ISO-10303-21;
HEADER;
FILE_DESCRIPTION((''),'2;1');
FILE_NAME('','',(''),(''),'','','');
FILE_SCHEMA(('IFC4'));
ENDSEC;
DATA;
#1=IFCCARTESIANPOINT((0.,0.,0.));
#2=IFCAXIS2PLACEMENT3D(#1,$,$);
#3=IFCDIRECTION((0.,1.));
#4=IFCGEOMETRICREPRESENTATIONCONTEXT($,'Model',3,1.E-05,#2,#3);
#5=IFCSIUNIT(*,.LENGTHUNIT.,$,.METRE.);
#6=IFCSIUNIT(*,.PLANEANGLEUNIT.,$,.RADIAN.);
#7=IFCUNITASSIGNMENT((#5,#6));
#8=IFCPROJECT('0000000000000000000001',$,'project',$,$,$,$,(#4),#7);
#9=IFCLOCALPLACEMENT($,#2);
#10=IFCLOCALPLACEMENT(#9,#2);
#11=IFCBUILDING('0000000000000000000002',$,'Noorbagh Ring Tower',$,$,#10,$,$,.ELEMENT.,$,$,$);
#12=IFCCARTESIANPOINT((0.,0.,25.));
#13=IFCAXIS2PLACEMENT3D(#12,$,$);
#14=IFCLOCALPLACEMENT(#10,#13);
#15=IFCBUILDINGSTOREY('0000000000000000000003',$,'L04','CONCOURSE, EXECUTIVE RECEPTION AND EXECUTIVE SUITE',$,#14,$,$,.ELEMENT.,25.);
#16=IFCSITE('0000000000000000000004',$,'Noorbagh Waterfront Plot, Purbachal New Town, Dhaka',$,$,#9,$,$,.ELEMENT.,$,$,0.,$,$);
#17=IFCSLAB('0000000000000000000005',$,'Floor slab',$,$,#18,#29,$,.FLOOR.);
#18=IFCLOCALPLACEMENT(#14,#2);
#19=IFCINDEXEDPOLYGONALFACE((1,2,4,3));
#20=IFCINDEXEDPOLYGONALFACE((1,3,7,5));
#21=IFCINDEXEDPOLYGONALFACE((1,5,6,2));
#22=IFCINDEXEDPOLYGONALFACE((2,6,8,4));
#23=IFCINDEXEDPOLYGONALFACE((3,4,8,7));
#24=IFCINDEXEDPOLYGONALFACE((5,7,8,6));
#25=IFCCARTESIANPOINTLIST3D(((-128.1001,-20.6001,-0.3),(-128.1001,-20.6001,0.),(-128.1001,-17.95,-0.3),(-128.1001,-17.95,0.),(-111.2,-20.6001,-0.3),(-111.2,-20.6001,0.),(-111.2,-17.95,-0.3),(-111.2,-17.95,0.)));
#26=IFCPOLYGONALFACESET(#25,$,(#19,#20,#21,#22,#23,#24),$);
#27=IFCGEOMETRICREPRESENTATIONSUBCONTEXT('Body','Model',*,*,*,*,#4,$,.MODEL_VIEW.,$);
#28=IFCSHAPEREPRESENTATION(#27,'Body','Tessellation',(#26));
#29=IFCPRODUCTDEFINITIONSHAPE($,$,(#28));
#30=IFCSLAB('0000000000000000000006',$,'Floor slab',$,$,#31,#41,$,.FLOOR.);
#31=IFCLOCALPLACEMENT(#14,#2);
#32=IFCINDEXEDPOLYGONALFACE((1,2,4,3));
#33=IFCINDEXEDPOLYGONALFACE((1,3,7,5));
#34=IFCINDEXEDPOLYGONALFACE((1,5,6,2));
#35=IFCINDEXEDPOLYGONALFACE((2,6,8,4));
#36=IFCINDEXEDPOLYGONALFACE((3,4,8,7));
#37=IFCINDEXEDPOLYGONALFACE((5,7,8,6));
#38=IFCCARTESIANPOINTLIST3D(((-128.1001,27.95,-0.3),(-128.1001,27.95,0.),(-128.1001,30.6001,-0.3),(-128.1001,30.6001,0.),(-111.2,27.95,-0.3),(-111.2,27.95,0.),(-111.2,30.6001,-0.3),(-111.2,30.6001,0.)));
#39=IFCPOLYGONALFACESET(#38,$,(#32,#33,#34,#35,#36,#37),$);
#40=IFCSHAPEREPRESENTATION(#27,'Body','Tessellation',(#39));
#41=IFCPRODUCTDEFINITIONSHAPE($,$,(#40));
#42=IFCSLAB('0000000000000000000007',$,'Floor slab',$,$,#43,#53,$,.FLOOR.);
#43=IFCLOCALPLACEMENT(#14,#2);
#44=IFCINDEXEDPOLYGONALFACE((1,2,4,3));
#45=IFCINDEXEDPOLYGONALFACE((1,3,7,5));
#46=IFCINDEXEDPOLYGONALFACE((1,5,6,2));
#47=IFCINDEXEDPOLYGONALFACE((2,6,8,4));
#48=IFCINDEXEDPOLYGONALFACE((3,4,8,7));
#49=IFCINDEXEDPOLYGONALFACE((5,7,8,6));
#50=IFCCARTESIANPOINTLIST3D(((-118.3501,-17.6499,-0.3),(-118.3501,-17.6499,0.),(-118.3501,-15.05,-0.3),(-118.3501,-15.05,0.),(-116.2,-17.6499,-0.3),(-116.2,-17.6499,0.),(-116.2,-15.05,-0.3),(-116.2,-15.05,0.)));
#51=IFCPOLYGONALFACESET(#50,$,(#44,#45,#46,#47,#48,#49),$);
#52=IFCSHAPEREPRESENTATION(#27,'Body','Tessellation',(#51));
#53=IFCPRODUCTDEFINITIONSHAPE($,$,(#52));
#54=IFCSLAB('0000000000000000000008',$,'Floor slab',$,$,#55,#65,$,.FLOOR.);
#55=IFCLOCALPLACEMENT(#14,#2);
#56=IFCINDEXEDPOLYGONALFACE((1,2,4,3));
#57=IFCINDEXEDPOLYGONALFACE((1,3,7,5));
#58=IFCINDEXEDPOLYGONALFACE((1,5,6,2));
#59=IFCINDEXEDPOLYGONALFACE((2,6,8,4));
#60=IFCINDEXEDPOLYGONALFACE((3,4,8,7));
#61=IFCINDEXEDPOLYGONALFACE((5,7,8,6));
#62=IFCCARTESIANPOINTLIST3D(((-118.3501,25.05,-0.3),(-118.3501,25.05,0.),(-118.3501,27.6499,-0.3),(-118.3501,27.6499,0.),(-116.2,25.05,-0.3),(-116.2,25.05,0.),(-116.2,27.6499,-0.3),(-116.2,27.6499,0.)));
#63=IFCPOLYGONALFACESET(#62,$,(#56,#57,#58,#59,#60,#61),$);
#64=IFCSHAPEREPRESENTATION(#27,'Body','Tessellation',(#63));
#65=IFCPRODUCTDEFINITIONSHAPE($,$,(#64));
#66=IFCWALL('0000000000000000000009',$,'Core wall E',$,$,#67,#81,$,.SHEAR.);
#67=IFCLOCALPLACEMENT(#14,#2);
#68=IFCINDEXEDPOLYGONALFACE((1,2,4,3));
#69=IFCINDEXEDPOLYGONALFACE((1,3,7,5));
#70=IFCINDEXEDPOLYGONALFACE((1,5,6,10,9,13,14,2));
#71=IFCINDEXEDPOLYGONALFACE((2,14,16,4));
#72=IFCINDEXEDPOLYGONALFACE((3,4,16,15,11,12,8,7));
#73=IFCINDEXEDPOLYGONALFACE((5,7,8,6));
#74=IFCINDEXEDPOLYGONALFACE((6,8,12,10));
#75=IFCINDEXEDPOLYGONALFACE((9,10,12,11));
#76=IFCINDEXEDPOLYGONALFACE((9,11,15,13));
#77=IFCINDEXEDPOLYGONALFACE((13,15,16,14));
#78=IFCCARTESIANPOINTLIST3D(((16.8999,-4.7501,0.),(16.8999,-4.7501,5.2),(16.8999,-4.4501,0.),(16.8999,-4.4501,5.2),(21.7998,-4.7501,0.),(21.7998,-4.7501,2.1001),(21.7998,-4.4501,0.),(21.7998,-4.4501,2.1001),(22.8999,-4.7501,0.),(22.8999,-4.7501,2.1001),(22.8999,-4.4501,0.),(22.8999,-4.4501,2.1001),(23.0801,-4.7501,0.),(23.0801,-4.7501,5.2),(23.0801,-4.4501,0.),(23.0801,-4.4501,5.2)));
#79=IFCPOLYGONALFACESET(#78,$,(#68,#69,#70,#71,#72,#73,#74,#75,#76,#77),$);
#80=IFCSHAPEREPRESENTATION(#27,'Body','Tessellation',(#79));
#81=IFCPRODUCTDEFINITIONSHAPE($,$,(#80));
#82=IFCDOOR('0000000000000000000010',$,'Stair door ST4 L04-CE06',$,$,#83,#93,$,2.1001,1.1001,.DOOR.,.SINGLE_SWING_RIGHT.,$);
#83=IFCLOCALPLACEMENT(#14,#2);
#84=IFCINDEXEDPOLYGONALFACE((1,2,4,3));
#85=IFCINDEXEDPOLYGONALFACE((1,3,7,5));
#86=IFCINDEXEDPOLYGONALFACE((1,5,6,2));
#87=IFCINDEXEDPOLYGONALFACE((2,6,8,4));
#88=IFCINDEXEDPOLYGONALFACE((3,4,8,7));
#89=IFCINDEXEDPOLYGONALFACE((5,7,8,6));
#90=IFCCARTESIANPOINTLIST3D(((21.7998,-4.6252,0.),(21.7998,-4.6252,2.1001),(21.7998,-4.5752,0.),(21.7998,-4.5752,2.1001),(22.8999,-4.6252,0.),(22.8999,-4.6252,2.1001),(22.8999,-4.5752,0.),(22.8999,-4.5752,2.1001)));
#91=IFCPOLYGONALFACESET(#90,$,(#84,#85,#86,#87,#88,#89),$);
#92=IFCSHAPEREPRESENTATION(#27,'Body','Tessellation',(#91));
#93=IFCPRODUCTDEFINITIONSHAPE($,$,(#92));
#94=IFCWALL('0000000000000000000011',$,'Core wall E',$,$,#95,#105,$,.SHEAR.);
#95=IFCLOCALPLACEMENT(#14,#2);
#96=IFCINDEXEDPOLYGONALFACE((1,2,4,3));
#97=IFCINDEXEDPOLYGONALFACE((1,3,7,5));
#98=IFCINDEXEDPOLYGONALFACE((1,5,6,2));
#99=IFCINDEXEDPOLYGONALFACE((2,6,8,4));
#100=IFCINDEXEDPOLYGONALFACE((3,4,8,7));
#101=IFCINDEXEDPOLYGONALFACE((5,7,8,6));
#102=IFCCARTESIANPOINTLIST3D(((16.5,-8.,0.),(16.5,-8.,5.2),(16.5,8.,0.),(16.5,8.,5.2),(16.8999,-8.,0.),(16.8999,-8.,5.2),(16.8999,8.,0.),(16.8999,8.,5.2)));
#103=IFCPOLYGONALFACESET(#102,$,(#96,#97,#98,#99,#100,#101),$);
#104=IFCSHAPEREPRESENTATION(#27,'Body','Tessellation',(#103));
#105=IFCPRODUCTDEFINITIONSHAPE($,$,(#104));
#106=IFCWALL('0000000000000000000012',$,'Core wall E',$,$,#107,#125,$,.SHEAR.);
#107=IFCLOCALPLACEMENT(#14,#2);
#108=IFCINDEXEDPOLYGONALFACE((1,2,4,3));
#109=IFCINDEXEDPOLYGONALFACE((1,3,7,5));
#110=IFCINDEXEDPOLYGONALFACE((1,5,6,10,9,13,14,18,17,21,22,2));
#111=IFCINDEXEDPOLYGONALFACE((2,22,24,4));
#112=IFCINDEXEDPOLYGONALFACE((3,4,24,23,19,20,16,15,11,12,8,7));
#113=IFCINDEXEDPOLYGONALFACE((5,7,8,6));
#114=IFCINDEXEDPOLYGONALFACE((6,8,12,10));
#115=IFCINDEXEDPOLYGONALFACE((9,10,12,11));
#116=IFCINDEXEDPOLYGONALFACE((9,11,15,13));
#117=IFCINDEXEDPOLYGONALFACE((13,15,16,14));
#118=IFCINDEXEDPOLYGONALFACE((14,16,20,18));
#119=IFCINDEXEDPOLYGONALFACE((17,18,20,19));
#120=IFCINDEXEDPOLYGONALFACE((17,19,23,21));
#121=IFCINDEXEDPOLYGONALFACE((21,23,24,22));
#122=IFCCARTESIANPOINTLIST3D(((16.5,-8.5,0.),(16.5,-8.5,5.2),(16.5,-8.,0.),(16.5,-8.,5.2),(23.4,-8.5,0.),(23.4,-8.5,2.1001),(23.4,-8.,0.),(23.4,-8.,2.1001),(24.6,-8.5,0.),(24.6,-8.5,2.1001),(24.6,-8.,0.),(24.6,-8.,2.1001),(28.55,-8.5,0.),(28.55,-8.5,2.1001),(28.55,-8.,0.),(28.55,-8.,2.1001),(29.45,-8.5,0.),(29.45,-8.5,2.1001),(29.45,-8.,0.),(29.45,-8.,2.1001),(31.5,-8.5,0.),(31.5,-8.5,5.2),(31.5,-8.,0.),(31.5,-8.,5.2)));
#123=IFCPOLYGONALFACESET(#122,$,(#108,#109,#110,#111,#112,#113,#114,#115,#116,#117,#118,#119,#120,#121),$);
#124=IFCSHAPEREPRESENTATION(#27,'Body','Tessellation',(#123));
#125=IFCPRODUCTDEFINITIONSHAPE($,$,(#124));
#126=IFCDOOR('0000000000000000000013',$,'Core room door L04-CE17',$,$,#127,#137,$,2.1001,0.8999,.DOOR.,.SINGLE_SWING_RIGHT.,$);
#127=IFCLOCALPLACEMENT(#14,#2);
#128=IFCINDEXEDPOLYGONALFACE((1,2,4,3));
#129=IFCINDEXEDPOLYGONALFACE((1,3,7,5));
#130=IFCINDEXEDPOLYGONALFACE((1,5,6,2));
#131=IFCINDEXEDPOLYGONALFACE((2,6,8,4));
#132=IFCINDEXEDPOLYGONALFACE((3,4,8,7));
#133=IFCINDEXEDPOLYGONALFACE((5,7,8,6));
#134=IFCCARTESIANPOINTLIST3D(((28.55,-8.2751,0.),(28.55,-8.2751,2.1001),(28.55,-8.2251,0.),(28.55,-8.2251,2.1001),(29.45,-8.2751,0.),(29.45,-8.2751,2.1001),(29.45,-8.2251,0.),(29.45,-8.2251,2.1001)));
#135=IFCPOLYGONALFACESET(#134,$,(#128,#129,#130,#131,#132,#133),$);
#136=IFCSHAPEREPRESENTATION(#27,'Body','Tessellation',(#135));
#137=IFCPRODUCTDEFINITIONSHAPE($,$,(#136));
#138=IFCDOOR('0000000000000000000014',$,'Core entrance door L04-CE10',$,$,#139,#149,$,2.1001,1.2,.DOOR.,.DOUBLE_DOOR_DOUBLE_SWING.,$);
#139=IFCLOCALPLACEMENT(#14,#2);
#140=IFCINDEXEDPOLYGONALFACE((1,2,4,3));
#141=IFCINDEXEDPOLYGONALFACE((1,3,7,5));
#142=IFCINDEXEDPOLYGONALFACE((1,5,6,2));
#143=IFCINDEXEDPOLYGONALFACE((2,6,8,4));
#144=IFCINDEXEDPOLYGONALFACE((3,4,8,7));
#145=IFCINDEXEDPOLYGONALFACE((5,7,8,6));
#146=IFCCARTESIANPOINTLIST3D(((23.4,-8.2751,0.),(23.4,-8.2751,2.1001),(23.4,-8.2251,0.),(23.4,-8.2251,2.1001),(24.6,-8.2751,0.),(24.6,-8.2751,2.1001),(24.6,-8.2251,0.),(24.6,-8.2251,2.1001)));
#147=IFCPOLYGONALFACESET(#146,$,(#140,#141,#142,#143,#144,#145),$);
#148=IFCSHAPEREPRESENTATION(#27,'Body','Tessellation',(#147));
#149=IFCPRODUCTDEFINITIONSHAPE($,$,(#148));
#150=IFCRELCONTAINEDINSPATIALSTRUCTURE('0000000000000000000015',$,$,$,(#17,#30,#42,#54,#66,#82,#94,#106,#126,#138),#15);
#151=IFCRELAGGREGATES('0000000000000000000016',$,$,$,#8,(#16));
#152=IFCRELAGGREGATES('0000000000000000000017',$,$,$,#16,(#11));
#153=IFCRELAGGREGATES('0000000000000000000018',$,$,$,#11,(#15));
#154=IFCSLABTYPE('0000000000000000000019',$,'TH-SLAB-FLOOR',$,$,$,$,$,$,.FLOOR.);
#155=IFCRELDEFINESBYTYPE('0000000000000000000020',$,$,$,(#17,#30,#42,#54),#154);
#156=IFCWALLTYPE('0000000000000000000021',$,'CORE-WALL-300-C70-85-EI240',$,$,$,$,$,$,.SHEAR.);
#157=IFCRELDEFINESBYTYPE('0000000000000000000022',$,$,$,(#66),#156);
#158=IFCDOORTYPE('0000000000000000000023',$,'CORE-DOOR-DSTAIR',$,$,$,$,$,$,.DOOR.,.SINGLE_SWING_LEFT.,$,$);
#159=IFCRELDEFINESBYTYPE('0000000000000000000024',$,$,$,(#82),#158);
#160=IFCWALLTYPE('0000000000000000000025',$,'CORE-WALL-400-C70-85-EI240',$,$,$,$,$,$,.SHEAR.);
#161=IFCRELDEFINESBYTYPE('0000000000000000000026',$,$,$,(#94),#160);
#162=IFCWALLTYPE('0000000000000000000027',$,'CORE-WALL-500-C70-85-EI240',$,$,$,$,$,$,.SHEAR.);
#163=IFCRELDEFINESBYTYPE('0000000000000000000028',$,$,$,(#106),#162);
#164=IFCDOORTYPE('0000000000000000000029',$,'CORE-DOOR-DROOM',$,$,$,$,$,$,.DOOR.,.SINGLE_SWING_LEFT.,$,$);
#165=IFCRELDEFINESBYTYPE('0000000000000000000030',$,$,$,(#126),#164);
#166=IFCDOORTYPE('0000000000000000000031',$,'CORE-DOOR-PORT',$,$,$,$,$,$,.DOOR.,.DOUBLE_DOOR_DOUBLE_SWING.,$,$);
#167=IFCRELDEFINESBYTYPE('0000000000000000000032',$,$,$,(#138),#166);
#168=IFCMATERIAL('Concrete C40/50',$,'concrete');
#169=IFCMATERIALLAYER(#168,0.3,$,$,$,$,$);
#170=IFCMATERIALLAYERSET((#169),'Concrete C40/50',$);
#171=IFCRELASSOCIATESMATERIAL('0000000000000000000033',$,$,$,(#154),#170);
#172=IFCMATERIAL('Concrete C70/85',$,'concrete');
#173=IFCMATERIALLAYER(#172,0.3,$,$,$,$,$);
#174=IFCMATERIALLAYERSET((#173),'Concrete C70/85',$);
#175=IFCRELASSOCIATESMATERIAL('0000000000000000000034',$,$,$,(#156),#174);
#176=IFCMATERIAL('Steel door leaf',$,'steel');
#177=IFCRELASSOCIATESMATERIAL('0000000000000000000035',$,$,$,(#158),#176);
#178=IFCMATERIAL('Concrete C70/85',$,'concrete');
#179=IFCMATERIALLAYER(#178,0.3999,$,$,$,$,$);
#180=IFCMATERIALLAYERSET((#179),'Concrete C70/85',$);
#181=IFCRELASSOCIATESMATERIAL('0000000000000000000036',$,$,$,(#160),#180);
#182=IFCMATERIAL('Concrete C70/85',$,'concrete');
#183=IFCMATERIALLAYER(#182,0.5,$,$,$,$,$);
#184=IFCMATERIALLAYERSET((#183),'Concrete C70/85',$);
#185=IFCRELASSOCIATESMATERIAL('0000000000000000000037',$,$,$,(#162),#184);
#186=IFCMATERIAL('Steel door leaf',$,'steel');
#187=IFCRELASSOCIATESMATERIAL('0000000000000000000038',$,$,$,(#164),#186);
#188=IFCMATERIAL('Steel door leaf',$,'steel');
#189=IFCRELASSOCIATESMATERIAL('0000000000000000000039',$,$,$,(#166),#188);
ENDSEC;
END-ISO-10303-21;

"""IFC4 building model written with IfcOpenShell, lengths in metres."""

from ifc_helpers import new_model, si_unit, direction, frame, frame_2d, origin, place, context, subcontext, project, spatial, polyline, rectangle, outline, extrude, material, layer, layer_set, type_object, element, fill, save


model = new_model("IFC4")

# Units and contexts
model_context = context("Model", 3, precision=1e-05, world=origin(), true_north=direction((0.0, 1.0)))
body_context = subcontext(model_context, "Body", "Model", "MODEL_VIEW")
ifc_project = project(units=[si_unit("LENGTHUNIT", "METRE"), si_unit("PLANEANGLEUNIT", "RADIAN")], contexts=[model_context])

# Site, building, storey
site_placement = place(None, origin())
site = spatial("IfcSite", under=ifc_project, at=site_placement, Name="Noorbagh Waterfront Plot, Purbachal New Town, Dhaka", CompositionType="ELEMENT", RefElevation=0.0)
building_placement = place(site_placement, origin())
building = spatial("IfcBuilding", under=site, at=building_placement, Name="Noorbagh Ring Tower", CompositionType="ELEMENT")
storey_placement = place(building_placement, frame((0.0, 0.0, 25.0)))
storey = spatial("IfcBuildingStorey", under=building, at=storey_placement, Name="L04", Description="CONCOURSE, EXECUTIVE RECEPTION AND EXECUTIVE SUITE", CompositionType="ELEMENT", Elevation=25.0)

# Slabs
ifc_material_1 = material(Name="Concrete C40/50", Category="concrete")
ifc_layer_1 = layer(ifc_material_1, 0.3)
ifc_layer_set_1 = layer_set([ifc_layer_1], Name="Concrete C40/50")
slab_type = type_object("IfcSlabType", Name="TH-SLAB-FLOOR", PredefinedType="FLOOR", material=ifc_layer_set_1)
slab_1_placement = place(storey_placement, frame((0.0, 0.0, -0.3)))
element("IfcSlab", 1, at=slab_1_placement, inside=storey, type_object=slab_type, Name="Floor slab", PredefinedType="FLOOR", context=body_context, shape_type="SweptSolid", body=[
    extrude(outline(polyline([(-111.2, -20.6001), (-111.2, -17.95), (-128.1001, -17.95), (-128.1001, -20.6001), (-111.2, -20.6001)])), origin(), (0.0, 0.0, 1.0), 0.3),
])
slab_2_placement = place(storey_placement, frame((0.0, 0.0, -0.3)))
element("IfcSlab", 2, at=slab_2_placement, inside=storey, type_object=slab_type, Name="Floor slab", PredefinedType="FLOOR", context=body_context, shape_type="SweptSolid", body=[
    extrude(outline(polyline([(-111.2, 27.95), (-111.2, 30.6001), (-128.1001, 30.6001), (-128.1001, 27.95), (-111.2, 27.95)])), origin(), (0.0, 0.0, 1.0), 0.3),
])
slab_3_placement = place(storey_placement, frame((0.0, 0.0, -0.3)))
element("IfcSlab", 3, at=slab_3_placement, inside=storey, type_object=slab_type, Name="Floor slab", PredefinedType="FLOOR", context=body_context, shape_type="SweptSolid", body=[
    extrude(outline(polyline([(-118.3501, -15.05), (-118.3501, -17.6499), (-116.2, -17.6499), (-116.2, -15.05), (-118.3501, -15.05)])), origin(), (0.0, 0.0, 1.0), 0.3),
])
slab_4_placement = place(storey_placement, frame((0.0, 0.0, -0.3)))
element("IfcSlab", 4, at=slab_4_placement, inside=storey, type_object=slab_type, Name="Floor slab", PredefinedType="FLOOR", context=body_context, shape_type="SweptSolid", body=[
    extrude(outline(polyline([(-116.2, 27.6499), (-118.3501, 27.6499), (-118.3501, 25.05), (-116.2, 25.05), (-116.2, 27.6499)])), origin(), (0.0, 0.0, 1.0), 0.3),
])

# Wall, opening, door
ifc_material_2 = material(Name="Concrete C70/85", Category="concrete")
ifc_layer_2 = layer(ifc_material_2, 0.3)
ifc_layer_set_2 = layer_set([ifc_layer_2], Name="Concrete C70/85")
wall_type_1 = type_object("IfcWallType", Name="CORE-WALL-300-C70-85-EI240", PredefinedType="SHEAR", material=ifc_layer_set_2)
wall_1_placement = place(storey_placement, frame((16.8999, -4.6001, 0.0), z_axis=(0.0, 0.0, 1.0), x_axis=(1.0, 0.0, 0.0)))
wall_1 = element("IfcWall", 5, at=wall_1_placement, inside=storey, type_object=wall_type_1, Name="Core wall E", PredefinedType="SHEAR", context=body_context, shape_type="SweptSolid", body=[
    extrude(rectangle(XDim=6.1802, YDim=0.3, at=frame_2d((3.0901, 0.0))), origin(), (0.0, 0.0, 1.0), 5.2),
])
opening_1_placement = place(wall_1_placement, frame((4.8999, 0.0, 0.0)))
opening_1 = element("IfcOpeningElement", 6, at=opening_1_placement, cuts=wall_1, PredefinedType="OPENING", context=body_context, shape_type="SweptSolid", body=[
    extrude(rectangle(XDim=1.1001, YDim=2.1001, at=frame_2d((0.55, 1.05))), frame((0.0, 0.1602, 0.0), z_axis=(0.0, -1.0, 0.0), x_axis=(1.0, 0.0, 0.0)), (0.0, 0.0, 1.0), 0.3201),
])
ifc_material_3 = material(Name="Steel door leaf", Category="steel")
door_type_1 = type_object("IfcDoorType", Name="CORE-DOOR-DSTAIR", OperationType="SINGLE_SWING_LEFT", PredefinedType="DOOR", material=ifc_material_3)
door_1_placement = place(opening_1_placement, origin())
door_1 = element("IfcDoor", 7, at=door_1_placement, inside=storey, type_object=door_type_1, Name="Stair door ST4 L04-CE06", OperationType="SINGLE_SWING_RIGHT", OverallHeight=2.1001, OverallWidth=1.1001, PredefinedType="DOOR", context=body_context, shape_type="SweptSolid", body=[
    extrude(rectangle(XDim=1.1001, YDim=2.1001, at=frame_2d((0.55, 1.05))), frame((0.0, 0.0249, 0.0), z_axis=(0.0, -1.0, 0.0), x_axis=(1.0, 0.0, 0.0)), (0.0, 0.0, 1.0), 0.05),
])
fill(opening_1, door_1)

# Wall
ifc_material_4 = material(Name="Concrete C70/85", Category="concrete")
ifc_layer_3 = layer(ifc_material_4, 0.3999)
ifc_layer_set_3 = layer_set([ifc_layer_3], Name="Concrete C70/85")
wall_type_2 = type_object("IfcWallType", Name="CORE-WALL-400-C70-85-EI240", PredefinedType="SHEAR", material=ifc_layer_set_3)
wall_2_placement = place(storey_placement, frame((16.7, -8.0, 0.0), z_axis=(0.0, 0.0, 1.0), x_axis=(0.0, 1.0, 0.0)))
element("IfcWall", 8, at=wall_2_placement, inside=storey, type_object=wall_type_2, Name="Core wall E", PredefinedType="SHEAR", context=body_context, shape_type="SweptSolid", body=[
    extrude(rectangle(XDim=16.0, YDim=0.3999, at=frame_2d((8.0, 0.0))), origin(), (0.0, 0.0, 1.0), 5.2),
])

# Wall, openings, doors
ifc_material_5 = material(Name="Concrete C70/85", Category="concrete")
ifc_layer_4 = layer(ifc_material_5, 0.5)
ifc_layer_set_4 = layer_set([ifc_layer_4], Name="Concrete C70/85")
wall_type_3 = type_object("IfcWallType", Name="CORE-WALL-500-C70-85-EI240", PredefinedType="SHEAR", material=ifc_layer_set_4)
wall_3_placement = place(storey_placement, frame((16.5, -8.25, 0.0), z_axis=(0.0, 0.0, 1.0), x_axis=(1.0, 0.0, 0.0)))
wall_3 = element("IfcWall", 9, at=wall_3_placement, inside=storey, type_object=wall_type_3, Name="Core wall E", PredefinedType="SHEAR", context=body_context, shape_type="SweptSolid", body=[
    extrude(rectangle(XDim=15.0, YDim=0.5, at=frame_2d((7.5, 0.0))), origin(), (0.0, 0.0, 1.0), 5.2),
])
opening_2_placement = place(wall_3_placement, frame((6.8999, 0.0, 0.0)))
opening_2 = element("IfcOpeningElement", 10, at=opening_2_placement, cuts=wall_3, PredefinedType="OPENING", context=body_context, shape_type="SweptSolid", body=[
    extrude(rectangle(XDim=1.2, YDim=2.1001, at=frame_2d((0.6001, 1.05))), frame((0.0, 0.26, 0.0), z_axis=(0.0, -1.0, 0.0), x_axis=(1.0, 0.0, 0.0)), (0.0, 0.0, 1.0), 0.52),
])
opening_3_placement = place(wall_3_placement, frame((12.05, 0.0, 0.0)))
opening_3 = element("IfcOpeningElement", 11, at=opening_3_placement, cuts=wall_3, PredefinedType="OPENING", context=body_context, shape_type="SweptSolid", body=[
    extrude(rectangle(XDim=0.8999, YDim=2.1001, at=frame_2d((0.45, 1.05))), frame((0.0, 0.26, 0.0), z_axis=(0.0, -1.0, 0.0), x_axis=(1.0, 0.0, 0.0)), (0.0, 0.0, 1.0), 0.52),
])
ifc_material_6 = material(Name="Steel door leaf", Category="steel")
door_type_2 = type_object("IfcDoorType", Name="CORE-DOOR-DROOM", OperationType="SINGLE_SWING_LEFT", PredefinedType="DOOR", material=ifc_material_6)
door_2_placement = place(opening_3_placement, origin())
door_2 = element("IfcDoor", 12, at=door_2_placement, inside=storey, type_object=door_type_2, Name="Core room door L04-CE17", OperationType="SINGLE_SWING_RIGHT", OverallHeight=2.1001, OverallWidth=0.8999, PredefinedType="DOOR", context=body_context, shape_type="SweptSolid", body=[
    extrude(rectangle(XDim=0.8999, YDim=2.1001, at=frame_2d((0.45, 1.05))), frame((0.0, 0.0249, 0.0), z_axis=(0.0, -1.0, 0.0), x_axis=(1.0, 0.0, 0.0)), (0.0, 0.0, 1.0), 0.05),
])
fill(opening_3, door_2)
ifc_material_7 = material(Name="Steel door leaf", Category="steel")
door_type_3 = type_object("IfcDoorType", Name="CORE-DOOR-PORT", OperationType="DOUBLE_DOOR_DOUBLE_SWING", PredefinedType="DOOR", material=ifc_material_7)
door_3_placement = place(opening_2_placement, origin())
door_3 = element("IfcDoor", 13, at=door_3_placement, inside=storey, type_object=door_type_3, Name="Core entrance door L04-CE10", OperationType="DOUBLE_DOOR_DOUBLE_SWING", OverallHeight=2.1001, OverallWidth=1.2, PredefinedType="DOOR", context=body_context, shape_type="SweptSolid", body=[
    extrude(rectangle(XDim=1.2, YDim=2.1001, at=frame_2d((0.6001, 1.05))), frame((0.0, 0.0249, 0.0), z_axis=(0.0, -1.0, 0.0), x_axis=(1.0, 0.0, 0.0)), (0.0, 0.0, 1.0), 0.05),
])
fill(opening_2, door_3)

save(model, "model.ifc")
